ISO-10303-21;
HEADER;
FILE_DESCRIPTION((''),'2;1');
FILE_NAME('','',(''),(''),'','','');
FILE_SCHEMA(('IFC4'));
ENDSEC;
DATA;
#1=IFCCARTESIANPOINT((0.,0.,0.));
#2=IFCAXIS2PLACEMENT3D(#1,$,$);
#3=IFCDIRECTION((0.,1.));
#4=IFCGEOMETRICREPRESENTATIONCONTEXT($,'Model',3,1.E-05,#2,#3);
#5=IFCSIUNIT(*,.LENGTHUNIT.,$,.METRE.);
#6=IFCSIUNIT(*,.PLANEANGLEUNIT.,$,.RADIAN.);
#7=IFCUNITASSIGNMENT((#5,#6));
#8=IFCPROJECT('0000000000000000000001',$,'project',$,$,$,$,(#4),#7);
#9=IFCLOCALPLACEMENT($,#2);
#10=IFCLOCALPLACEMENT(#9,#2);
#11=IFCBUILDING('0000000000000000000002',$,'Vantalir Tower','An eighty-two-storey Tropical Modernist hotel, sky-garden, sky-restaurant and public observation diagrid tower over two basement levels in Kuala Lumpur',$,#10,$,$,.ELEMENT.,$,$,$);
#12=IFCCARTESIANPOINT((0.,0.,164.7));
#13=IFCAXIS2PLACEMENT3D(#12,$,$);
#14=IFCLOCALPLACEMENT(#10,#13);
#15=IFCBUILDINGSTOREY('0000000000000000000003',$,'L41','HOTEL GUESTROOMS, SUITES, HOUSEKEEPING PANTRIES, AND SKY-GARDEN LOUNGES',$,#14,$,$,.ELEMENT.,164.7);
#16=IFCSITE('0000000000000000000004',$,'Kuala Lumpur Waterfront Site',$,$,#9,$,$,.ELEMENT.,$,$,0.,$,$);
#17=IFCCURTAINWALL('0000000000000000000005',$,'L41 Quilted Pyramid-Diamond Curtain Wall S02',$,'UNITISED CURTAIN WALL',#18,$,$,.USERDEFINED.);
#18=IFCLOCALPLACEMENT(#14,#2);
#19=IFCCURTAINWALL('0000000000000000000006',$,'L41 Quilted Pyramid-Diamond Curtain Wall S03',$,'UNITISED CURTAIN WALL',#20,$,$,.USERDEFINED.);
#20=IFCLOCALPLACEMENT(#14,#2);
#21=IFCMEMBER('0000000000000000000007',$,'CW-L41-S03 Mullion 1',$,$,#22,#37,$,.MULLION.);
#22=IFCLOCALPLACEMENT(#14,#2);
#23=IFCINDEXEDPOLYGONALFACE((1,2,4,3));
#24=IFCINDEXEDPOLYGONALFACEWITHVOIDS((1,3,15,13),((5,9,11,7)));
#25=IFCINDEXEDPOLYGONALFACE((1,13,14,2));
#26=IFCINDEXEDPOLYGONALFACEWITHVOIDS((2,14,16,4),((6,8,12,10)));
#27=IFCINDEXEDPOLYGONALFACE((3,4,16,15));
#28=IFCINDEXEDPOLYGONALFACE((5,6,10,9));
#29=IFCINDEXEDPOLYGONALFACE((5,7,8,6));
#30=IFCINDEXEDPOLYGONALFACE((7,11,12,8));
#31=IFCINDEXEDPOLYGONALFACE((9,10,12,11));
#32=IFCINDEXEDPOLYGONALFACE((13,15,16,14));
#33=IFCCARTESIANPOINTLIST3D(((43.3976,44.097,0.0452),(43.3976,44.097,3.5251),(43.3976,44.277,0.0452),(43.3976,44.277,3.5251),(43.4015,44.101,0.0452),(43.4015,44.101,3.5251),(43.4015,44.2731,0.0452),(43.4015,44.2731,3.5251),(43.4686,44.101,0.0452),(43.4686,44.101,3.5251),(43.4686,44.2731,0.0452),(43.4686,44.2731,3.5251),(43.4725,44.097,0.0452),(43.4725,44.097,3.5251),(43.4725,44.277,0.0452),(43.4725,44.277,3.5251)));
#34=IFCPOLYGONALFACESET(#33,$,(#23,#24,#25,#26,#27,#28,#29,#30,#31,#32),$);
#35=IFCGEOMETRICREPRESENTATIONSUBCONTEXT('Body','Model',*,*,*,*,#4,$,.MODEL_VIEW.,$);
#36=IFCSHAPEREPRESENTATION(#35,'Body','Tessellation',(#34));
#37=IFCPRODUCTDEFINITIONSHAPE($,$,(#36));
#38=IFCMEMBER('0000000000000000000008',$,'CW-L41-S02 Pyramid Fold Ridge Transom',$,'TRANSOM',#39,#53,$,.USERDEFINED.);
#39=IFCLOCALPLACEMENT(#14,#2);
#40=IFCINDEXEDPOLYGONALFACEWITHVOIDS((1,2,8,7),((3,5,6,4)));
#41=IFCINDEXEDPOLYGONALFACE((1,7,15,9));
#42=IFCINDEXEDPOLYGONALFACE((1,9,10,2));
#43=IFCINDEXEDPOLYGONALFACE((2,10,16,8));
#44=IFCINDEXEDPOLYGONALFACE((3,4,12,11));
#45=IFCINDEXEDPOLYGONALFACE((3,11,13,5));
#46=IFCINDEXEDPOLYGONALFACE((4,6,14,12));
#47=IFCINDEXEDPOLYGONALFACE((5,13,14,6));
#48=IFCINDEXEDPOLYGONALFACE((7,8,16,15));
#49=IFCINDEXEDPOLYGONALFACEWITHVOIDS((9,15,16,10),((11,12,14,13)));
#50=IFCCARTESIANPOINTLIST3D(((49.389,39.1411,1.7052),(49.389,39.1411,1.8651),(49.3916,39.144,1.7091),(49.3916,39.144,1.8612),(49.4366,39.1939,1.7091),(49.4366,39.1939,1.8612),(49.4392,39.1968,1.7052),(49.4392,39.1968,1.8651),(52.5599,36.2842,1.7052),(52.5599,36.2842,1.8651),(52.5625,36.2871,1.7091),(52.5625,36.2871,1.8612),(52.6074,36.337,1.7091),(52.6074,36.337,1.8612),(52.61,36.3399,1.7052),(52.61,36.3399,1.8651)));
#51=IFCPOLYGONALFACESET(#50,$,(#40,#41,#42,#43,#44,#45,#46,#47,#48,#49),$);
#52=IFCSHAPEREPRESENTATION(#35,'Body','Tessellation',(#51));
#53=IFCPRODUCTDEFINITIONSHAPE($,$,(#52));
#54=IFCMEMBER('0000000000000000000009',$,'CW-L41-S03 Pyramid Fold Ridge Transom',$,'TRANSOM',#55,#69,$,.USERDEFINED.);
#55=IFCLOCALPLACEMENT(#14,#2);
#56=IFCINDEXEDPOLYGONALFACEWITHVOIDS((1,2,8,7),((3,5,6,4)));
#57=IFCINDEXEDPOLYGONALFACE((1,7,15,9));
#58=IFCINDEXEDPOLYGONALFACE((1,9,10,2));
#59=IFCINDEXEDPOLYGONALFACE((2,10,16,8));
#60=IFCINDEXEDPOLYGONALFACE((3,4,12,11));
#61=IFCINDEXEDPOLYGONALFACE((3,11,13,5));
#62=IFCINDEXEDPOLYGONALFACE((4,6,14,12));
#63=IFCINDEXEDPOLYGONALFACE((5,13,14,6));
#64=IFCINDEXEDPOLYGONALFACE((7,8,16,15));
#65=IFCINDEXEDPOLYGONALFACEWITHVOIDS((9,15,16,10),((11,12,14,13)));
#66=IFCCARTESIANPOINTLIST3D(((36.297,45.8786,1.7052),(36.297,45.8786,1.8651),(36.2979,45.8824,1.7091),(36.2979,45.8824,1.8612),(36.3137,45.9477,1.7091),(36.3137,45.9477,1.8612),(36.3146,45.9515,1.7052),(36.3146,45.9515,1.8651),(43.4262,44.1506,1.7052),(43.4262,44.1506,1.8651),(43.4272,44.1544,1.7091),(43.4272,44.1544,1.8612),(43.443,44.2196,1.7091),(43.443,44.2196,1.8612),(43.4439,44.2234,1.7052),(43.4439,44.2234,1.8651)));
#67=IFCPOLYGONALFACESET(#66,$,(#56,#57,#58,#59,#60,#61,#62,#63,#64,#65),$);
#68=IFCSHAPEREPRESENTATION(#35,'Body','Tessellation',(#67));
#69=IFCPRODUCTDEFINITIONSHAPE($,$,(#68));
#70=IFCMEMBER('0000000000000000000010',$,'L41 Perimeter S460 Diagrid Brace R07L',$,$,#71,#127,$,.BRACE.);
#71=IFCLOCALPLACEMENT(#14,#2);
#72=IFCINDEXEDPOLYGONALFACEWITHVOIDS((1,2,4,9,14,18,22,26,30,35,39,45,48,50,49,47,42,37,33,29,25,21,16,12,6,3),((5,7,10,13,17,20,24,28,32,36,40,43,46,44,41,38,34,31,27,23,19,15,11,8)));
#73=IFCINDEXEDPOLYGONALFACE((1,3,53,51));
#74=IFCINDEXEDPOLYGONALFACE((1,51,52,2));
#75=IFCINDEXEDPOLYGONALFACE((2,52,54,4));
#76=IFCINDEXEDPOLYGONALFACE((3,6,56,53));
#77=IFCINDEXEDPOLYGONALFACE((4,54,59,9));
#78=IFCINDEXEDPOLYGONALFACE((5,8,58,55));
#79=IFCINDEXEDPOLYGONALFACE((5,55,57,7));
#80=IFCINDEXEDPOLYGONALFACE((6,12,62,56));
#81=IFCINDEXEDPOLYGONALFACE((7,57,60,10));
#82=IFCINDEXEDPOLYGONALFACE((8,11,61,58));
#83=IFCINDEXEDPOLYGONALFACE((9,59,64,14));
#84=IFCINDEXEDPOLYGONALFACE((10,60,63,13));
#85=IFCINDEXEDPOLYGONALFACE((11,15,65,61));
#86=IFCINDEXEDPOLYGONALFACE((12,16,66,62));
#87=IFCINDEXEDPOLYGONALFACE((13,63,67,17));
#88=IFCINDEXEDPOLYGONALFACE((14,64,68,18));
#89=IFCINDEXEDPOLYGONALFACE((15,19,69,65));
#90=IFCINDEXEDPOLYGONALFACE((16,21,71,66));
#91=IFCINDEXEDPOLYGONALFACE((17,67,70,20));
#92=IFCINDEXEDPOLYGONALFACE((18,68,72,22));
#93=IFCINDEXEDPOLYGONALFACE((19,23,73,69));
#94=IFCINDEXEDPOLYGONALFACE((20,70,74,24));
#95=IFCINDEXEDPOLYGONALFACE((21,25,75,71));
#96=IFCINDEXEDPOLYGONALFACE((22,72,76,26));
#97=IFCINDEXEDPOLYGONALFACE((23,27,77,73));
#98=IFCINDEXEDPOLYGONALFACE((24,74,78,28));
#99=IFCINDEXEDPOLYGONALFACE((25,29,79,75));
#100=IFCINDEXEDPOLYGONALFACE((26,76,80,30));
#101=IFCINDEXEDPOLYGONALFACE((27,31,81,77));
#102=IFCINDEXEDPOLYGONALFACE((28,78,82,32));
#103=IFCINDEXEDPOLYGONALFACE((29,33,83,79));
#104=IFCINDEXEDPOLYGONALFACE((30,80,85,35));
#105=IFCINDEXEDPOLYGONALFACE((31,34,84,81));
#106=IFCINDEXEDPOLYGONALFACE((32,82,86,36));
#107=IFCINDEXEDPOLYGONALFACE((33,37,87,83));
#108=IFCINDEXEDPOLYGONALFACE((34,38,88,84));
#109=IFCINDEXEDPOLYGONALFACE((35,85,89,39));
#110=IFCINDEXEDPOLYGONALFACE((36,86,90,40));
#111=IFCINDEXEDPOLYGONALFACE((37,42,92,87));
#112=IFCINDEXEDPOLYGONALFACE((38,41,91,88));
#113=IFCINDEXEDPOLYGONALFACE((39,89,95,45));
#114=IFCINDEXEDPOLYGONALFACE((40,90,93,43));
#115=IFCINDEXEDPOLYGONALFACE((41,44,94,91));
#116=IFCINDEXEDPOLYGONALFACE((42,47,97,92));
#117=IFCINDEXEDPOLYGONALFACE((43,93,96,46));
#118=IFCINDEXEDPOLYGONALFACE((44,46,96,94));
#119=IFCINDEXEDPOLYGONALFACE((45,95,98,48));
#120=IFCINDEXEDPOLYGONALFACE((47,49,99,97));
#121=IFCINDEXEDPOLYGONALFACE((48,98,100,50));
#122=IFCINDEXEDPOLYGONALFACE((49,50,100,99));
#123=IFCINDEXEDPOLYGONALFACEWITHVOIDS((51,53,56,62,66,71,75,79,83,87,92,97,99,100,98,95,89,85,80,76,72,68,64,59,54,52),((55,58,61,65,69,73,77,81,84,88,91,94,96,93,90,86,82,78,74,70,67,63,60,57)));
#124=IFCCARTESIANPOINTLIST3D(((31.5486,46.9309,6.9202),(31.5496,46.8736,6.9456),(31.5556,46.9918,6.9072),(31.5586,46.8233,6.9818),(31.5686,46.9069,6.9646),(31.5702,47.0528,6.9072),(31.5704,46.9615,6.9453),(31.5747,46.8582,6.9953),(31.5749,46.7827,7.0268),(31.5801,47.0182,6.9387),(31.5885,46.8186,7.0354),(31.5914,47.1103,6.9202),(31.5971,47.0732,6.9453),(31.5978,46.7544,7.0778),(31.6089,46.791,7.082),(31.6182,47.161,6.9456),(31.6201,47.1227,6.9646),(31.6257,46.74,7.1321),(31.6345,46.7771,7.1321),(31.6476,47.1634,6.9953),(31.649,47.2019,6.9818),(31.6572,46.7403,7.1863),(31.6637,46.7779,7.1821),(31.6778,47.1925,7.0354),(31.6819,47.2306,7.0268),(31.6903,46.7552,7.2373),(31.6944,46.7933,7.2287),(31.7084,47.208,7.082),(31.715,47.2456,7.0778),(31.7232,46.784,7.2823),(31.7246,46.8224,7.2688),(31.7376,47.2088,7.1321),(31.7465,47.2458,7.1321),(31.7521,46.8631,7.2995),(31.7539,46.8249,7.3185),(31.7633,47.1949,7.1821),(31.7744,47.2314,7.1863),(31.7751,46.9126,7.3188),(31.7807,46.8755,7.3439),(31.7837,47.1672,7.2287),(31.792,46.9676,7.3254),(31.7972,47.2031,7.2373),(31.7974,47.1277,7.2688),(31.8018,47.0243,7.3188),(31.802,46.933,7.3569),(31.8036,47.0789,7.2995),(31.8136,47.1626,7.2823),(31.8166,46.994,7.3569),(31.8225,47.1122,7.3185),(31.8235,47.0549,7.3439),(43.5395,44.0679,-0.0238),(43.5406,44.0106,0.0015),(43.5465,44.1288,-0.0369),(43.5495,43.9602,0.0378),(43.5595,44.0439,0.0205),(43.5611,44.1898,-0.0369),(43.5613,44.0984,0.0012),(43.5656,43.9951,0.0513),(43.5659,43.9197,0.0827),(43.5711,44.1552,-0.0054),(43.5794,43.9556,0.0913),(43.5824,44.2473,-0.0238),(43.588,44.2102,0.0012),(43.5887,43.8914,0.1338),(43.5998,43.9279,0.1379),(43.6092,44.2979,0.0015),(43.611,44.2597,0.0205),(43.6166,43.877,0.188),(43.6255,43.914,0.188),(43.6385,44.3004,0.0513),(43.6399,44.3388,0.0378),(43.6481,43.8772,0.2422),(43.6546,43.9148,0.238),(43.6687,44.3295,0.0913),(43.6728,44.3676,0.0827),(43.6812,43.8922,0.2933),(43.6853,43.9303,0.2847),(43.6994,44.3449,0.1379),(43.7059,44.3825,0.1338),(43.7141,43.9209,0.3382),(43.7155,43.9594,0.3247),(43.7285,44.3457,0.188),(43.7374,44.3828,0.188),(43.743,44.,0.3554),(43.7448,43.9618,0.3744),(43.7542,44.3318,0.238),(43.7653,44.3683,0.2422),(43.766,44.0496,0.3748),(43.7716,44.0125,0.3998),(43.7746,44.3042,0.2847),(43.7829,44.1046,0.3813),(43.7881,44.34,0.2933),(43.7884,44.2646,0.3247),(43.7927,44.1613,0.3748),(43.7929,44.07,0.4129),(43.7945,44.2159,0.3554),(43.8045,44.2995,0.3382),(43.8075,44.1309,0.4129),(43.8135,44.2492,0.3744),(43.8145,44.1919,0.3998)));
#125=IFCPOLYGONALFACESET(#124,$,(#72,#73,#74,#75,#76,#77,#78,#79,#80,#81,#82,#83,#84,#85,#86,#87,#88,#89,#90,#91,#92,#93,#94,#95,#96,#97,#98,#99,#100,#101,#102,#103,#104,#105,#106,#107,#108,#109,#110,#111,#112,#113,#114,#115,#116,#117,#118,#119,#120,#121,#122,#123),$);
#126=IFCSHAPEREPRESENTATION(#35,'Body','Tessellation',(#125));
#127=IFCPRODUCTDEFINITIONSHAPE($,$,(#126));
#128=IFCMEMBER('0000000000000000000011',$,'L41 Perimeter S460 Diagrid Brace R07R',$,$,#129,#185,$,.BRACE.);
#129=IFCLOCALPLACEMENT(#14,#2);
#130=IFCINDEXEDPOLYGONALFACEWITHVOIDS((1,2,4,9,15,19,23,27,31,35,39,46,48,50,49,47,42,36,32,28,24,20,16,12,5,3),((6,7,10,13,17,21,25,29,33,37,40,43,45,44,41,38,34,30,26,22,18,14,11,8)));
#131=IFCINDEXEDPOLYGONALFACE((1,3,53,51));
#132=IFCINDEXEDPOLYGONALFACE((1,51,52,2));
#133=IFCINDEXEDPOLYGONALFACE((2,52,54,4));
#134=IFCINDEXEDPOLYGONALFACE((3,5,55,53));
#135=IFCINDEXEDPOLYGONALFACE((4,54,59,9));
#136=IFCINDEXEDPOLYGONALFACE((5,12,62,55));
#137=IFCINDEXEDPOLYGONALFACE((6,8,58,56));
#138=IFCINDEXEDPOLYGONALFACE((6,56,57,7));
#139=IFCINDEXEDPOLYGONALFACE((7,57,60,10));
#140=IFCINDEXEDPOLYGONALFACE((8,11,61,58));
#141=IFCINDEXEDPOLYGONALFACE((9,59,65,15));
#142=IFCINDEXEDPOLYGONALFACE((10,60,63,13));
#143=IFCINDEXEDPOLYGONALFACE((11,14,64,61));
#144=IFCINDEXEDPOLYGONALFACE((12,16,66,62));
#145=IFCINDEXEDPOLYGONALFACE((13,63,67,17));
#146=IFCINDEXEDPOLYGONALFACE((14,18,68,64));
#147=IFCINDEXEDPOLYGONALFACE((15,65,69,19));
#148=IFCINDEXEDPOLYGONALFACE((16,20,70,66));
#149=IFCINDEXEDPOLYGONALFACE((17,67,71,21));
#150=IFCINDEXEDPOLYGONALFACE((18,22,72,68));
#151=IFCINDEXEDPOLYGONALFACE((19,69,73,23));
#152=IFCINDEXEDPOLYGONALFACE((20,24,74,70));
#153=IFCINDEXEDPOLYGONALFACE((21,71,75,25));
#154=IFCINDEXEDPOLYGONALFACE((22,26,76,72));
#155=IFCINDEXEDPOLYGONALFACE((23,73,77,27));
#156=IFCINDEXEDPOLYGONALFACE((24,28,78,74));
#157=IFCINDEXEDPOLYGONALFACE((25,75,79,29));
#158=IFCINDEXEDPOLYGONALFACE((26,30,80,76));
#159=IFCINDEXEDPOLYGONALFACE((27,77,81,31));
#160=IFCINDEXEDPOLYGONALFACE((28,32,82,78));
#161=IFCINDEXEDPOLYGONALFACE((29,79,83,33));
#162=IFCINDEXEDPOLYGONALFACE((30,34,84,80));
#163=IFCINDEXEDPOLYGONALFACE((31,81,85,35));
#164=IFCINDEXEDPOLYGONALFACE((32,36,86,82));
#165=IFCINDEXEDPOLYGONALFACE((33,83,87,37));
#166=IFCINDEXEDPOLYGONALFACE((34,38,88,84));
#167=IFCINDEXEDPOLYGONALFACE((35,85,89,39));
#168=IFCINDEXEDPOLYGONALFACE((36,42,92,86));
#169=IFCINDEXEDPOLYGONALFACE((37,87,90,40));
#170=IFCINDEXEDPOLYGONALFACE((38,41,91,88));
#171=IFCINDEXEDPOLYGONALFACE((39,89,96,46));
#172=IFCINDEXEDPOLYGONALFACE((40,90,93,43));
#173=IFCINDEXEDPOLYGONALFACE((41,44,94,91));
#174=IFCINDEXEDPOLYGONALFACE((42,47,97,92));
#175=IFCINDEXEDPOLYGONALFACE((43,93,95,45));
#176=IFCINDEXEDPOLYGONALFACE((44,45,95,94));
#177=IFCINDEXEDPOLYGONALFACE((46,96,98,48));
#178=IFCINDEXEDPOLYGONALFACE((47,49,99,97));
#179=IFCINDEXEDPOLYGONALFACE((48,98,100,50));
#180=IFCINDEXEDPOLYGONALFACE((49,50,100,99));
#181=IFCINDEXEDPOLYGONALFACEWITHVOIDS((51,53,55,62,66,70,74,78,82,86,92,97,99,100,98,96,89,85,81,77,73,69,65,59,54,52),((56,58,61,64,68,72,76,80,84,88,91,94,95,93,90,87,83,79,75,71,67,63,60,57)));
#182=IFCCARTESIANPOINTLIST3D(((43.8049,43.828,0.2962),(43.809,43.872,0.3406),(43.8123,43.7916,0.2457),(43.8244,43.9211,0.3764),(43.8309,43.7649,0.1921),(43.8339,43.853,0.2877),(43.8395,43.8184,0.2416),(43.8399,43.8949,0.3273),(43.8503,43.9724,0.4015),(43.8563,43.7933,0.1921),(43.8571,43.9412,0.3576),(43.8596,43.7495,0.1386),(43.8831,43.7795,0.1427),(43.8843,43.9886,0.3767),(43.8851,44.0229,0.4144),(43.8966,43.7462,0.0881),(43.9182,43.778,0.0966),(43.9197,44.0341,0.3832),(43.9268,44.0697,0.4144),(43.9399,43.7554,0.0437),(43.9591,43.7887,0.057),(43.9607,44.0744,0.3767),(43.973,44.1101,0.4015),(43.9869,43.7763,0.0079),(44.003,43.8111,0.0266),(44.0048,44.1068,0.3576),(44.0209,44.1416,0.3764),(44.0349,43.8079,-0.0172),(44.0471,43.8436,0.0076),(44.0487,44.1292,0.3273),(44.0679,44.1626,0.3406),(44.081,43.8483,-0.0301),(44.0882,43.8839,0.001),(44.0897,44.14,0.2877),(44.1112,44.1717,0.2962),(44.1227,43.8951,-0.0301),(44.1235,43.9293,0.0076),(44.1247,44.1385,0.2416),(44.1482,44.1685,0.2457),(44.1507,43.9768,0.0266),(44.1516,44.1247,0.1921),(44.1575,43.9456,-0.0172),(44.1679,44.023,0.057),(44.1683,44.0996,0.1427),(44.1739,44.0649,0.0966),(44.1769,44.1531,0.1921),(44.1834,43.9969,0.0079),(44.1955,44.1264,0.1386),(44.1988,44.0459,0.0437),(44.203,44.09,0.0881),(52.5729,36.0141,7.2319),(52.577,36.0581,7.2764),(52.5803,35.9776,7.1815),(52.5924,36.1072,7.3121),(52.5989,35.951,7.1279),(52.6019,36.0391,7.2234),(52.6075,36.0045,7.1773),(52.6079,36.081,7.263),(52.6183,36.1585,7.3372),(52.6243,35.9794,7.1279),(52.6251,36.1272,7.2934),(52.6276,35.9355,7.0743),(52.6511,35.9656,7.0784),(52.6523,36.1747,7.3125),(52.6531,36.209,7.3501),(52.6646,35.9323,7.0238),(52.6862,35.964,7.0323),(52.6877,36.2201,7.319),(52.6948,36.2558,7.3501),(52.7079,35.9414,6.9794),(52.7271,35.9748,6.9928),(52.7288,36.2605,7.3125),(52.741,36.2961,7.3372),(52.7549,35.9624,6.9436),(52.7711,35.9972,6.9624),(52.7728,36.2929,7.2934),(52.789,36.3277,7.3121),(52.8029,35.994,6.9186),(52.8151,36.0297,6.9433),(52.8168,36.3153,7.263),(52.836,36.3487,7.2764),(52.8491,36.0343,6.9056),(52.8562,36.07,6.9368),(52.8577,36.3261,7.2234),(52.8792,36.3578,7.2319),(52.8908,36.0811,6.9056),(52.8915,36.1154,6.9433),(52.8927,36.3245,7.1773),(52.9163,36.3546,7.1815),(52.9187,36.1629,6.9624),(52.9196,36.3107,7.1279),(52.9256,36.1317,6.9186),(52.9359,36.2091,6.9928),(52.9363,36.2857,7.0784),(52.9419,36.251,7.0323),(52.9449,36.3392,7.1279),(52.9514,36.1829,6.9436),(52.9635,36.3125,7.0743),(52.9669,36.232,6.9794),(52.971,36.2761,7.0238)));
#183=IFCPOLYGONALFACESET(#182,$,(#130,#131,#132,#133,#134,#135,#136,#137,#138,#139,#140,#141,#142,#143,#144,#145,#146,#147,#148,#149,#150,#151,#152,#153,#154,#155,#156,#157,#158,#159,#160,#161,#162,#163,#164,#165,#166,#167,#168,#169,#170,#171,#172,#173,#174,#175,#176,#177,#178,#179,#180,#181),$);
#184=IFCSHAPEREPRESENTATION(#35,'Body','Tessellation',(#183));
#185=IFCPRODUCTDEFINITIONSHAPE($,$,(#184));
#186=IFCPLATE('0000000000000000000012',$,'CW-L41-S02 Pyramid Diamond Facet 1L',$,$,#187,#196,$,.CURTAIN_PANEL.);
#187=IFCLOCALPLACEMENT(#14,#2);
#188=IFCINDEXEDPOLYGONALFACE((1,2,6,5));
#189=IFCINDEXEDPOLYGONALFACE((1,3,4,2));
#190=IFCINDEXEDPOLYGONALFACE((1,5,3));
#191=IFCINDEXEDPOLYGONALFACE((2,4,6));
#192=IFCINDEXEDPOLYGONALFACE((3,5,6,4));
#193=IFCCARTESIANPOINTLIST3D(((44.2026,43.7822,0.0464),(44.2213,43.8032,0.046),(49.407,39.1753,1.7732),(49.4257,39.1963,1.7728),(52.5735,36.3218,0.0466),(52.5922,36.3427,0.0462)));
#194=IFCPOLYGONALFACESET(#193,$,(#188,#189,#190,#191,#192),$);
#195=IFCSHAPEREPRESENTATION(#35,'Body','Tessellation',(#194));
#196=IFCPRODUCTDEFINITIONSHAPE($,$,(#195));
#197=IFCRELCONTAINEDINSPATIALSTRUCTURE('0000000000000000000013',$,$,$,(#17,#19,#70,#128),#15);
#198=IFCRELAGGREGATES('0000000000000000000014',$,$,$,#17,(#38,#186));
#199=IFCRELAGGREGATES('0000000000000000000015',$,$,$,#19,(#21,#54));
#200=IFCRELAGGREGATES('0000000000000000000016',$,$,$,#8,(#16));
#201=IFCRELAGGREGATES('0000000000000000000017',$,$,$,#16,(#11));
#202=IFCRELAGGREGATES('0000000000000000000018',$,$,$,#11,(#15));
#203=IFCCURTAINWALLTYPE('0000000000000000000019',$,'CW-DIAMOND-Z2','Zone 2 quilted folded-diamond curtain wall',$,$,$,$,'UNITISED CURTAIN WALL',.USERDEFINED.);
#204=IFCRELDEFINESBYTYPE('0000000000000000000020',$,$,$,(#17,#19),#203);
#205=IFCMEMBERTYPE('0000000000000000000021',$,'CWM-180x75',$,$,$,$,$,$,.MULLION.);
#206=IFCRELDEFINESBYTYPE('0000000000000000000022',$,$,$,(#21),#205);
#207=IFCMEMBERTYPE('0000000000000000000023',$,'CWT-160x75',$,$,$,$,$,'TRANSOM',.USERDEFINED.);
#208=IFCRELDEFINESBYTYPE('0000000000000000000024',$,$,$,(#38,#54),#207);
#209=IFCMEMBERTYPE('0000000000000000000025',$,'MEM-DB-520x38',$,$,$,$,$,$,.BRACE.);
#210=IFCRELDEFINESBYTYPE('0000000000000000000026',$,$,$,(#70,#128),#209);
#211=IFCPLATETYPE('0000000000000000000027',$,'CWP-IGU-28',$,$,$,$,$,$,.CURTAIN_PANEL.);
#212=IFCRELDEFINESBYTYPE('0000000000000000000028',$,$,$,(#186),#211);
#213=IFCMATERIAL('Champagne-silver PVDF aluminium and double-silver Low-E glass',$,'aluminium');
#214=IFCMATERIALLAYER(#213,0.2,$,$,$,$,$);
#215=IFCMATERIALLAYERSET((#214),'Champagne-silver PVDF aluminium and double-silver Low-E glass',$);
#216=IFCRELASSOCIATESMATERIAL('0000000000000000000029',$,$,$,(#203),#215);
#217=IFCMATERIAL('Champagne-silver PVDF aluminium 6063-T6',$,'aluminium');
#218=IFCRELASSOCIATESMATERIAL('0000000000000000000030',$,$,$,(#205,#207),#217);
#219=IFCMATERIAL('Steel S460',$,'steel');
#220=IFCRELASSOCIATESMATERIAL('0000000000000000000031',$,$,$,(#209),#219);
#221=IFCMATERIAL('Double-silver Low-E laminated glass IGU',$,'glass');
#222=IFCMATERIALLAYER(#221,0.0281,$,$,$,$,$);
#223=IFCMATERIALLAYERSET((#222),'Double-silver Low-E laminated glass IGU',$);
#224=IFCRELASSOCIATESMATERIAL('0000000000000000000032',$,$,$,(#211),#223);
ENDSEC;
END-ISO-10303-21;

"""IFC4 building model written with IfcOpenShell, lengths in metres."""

from ifc_helpers import new_model, si_unit, direction, frame, origin, origin_2d, place, context, subcontext, project, spatial, polyline, hollow_rectangle, hollow_circle, outline, extrude, material, layer, layer_set, material_profile, profile_set, type_object, element, aggregate, save


model = new_model("IFC4")

# Units and contexts
model_context = context("Model", 3, precision=1e-05, world=origin(), true_north=direction((0.0, 1.0)))
body_context = subcontext(model_context, "Body", "Model", "MODEL_VIEW")
ifc_project = project(units=[si_unit("LENGTHUNIT", "METRE"), si_unit("PLANEANGLEUNIT", "RADIAN")], contexts=[model_context])

# Site, building, storey
site_placement = place(None, origin())
site = spatial("IfcSite", under=ifc_project, at=site_placement, Name="Kuala Lumpur Waterfront Site", CompositionType="ELEMENT", RefElevation=0.0)
building_placement = place(site_placement, origin())
building = spatial("IfcBuilding", under=site, at=building_placement, Name="Vantalir Tower", Description="An eighty-two-storey Tropical Modernist hotel, sky-garden, sky-restaurant and public observation diagrid tower over two basement levels in Kuala Lumpur", CompositionType="ELEMENT")
storey_placement = place(building_placement, frame((0.0, 0.0, 164.7)))
storey = spatial("IfcBuildingStorey", under=building, at=storey_placement, Name="L41", Description="HOTEL GUESTROOMS, SUITES, HOUSEKEEPING PANTRIES, AND SKY-GARDEN LOUNGES", CompositionType="ELEMENT", Elevation=164.7)

# Shared definitions
ifc_material_1 = material(Name="Steel S460", Category="steel")

# Curtain wall
ifc_material_2 = material(Name="Champagne-silver PVDF aluminium and double-silver Low-E glass", Category="aluminium")
ifc_layer_1 = layer(ifc_material_2, 0.2)
ifc_layer_set_1 = layer_set([ifc_layer_1], Name="Champagne-silver PVDF aluminium and double-silver Low-E glass")
curtain_wall_type = type_object("IfcCurtainWallType", Name="CW-DIAMOND-Z2", Description="Zone 2 quilted folded-diamond curtain wall", ElementType="UNITISED CURTAIN WALL", PredefinedType="USERDEFINED", material=ifc_layer_set_1)
curtain_wall_1_placement = place(storey_placement, origin())
curtain_wall_1 = element("IfcCurtainWall", 1, at=curtain_wall_1_placement, inside=storey, type_object=curtain_wall_type, Name="L41 Quilted Pyramid-Diamond Curtain Wall S02", ObjectType="UNITISED CURTAIN WALL", PredefinedType="USERDEFINED")
ifc_material_3 = material(Name="Champagne-silver PVDF aluminium 6063-T6", Category="aluminium")
ifc_material_profile_1 = material_profile(ifc_material_3, hollow_rectangle(XDim=0.075, YDim=0.1799, WallThickness=0.0039, at=origin_2d()), Name="Champagne-silver PVDF aluminium 6063-T6")
ifc_profile_set_1 = profile_set([ifc_material_profile_1], Name="Champagne-silver PVDF aluminium 6063-T6")
member_type_1 = type_object("IfcMemberType", Name="CWM-180x75", PredefinedType="MULLION", material=ifc_profile_set_1)

# Curtain wall, member
curtain_wall_2_placement = place(storey_placement, origin())
curtain_wall_2 = element("IfcCurtainWall", 2, at=curtain_wall_2_placement, inside=storey, type_object=curtain_wall_type, Name="L41 Quilted Pyramid-Diamond Curtain Wall S03", ObjectType="UNITISED CURTAIN WALL", PredefinedType="USERDEFINED")
member_1_placement = place(storey_placement, frame((43.4351, 44.187, 0.0452), z_axis=(0.0, 0.0, 1.0), x_axis=(1.0, 0.0, 0.0)))
member_1 = element("IfcMember", 3, at=member_1_placement, type_object=member_type_1, Name="CW-L41-S03 Mullion 1", PredefinedType="MULLION", context=body_context, shape_type="SweptSolid", body=[
    extrude(hollow_rectangle(XDim=0.075, YDim=0.1799, WallThickness=0.0039, at=origin_2d()), origin(), (0.0, 0.0, 1.0), 3.48),
])

# Members
ifc_material_profile_2 = material_profile(ifc_material_3, hollow_rectangle(XDim=0.075, YDim=0.1599, WallThickness=0.0039, at=origin_2d()), Name="Champagne-silver PVDF aluminium 6063-T6")
ifc_profile_set_2 = profile_set([ifc_material_profile_2], Name="Champagne-silver PVDF aluminium 6063-T6")
member_type_2 = type_object("IfcMemberType", Name="CWT-160x75", ElementType="TRANSOM", PredefinedType="USERDEFINED", material=ifc_profile_set_2)
member_2_placement = place(storey_placement, frame((52.585, 36.312, 1.7852), z_axis=(-0.74293, 0.669369, 0.0), x_axis=(-0.669369, -0.74293, 0.0)))
member_2 = element("IfcMember", 4, at=member_2_placement, type_object=member_type_2, Name="CW-L41-S02 Pyramid Fold Ridge Transom", ObjectType="TRANSOM", PredefinedType="USERDEFINED", context=body_context, shape_type="SweptSolid", body=[
    extrude(hollow_rectangle(XDim=0.075, YDim=0.1599, WallThickness=0.0039, at=origin_2d()), origin(), (0.0, 0.0, 1.0), 4.2681),
])
member_3_placement = place(storey_placement, frame((43.4351, 44.187, 1.7852), z_axis=(-0.971858, 0.235568, 0.0), x_axis=(-0.235568, -0.971858, 0.0)))
member_3 = element("IfcMember", 5, at=member_3_placement, type_object=member_type_2, Name="CW-L41-S03 Pyramid Fold Ridge Transom", ObjectType="TRANSOM", PredefinedType="USERDEFINED", context=body_context, shape_type="SweptSolid", body=[
    extrude(hollow_rectangle(XDim=0.075, YDim=0.1599, WallThickness=0.0039, at=origin_2d()), origin(), (0.0, 0.0, 1.0), 7.3357),
])

# Members
ifc_material_profile_3 = material_profile(ifc_material_1, hollow_circle(Radius=0.26, WallThickness=0.0381, at=origin_2d()), Name="Steel S460")
ifc_profile_set_3 = profile_set([ifc_material_profile_3], Name="Steel S460")
member_type_3 = type_object("IfcMemberType", Name="MEM-DB-520x38", PredefinedType="BRACE", material=ifc_profile_set_3)
member_4_placement = place(storey_placement, frame((43.677, 44.1299, 0.188), z_axis=(-0.847464, 0.202346, 0.490775), x_axis=(-0.232238, -0.972659, 0.0)))
element("IfcMember", 6, at=member_4_placement, inside=storey, type_object=member_type_3, Name="L41 Perimeter S460 Diagrid Brace R07L", PredefinedType="BRACE", context=body_context, shape_type="SweptSolid", body=[
    extrude(hollow_circle(Radius=0.26, WallThickness=0.0381, at=origin_2d()), origin(), (0.0, 0.0, 1.0), 14.1492),
])
member_5_placement = place(storey_placement, frame((44.0039, 43.959, 0.1921), z_axis=(0.642833, -0.572883, 0.508499), x_axis=(0.665321, 0.746558, 0.0)))
element("IfcMember", 7, at=member_5_placement, inside=storey, type_object=member_type_3, Name="L41 Perimeter S460 Diagrid Brace R07R", PredefinedType="BRACE", context=body_context, shape_type="SweptSolid", body=[
    extrude(hollow_circle(Radius=0.26, WallThickness=0.0381, at=origin_2d()), origin(), (0.0, 0.0, 1.0), 13.6396),
])

# Plate
ifc_material_4 = material(Name="Double-silver Low-E laminated glass IGU", Category="glass")
ifc_layer_2 = layer(ifc_material_4, 0.0281)
ifc_layer_set_2 = layer_set([ifc_layer_2], Name="Double-silver Low-E laminated glass IGU")
plate_type_1 = type_object("IfcPlateType", Name="CWP-IGU-28", PredefinedType="CURTAIN_PANEL", material=ifc_layer_set_2)
plate_1_placement = place(storey_placement, frame((52.5735, 36.3218, 0.0466), z_axis=(-0.665283, -0.746468, 0.013573), x_axis=(-0.746537, 0.665344, -0.000022)))
plate_1 = element("IfcPlate", 8, at=plate_1_placement, type_object=plate_type_1, Name="CW-L41-S02 Pyramid Diamond Facet 1L", PredefinedType="CURTAIN_PANEL", context=body_context, shape_type="SweptSolid", body=[
    extrude(outline(polyline([(0.0, 0.0), (11.2129, 0.0), (4.2624, -1.7268), (0.0, 0.0)])), origin(), (0.0, 0.0, -1.0), 0.0281),
])
aggregate(curtain_wall_1, [member_2, plate_1])
aggregate(curtain_wall_2, [member_1, member_3])

save(model, "model.ifc")
